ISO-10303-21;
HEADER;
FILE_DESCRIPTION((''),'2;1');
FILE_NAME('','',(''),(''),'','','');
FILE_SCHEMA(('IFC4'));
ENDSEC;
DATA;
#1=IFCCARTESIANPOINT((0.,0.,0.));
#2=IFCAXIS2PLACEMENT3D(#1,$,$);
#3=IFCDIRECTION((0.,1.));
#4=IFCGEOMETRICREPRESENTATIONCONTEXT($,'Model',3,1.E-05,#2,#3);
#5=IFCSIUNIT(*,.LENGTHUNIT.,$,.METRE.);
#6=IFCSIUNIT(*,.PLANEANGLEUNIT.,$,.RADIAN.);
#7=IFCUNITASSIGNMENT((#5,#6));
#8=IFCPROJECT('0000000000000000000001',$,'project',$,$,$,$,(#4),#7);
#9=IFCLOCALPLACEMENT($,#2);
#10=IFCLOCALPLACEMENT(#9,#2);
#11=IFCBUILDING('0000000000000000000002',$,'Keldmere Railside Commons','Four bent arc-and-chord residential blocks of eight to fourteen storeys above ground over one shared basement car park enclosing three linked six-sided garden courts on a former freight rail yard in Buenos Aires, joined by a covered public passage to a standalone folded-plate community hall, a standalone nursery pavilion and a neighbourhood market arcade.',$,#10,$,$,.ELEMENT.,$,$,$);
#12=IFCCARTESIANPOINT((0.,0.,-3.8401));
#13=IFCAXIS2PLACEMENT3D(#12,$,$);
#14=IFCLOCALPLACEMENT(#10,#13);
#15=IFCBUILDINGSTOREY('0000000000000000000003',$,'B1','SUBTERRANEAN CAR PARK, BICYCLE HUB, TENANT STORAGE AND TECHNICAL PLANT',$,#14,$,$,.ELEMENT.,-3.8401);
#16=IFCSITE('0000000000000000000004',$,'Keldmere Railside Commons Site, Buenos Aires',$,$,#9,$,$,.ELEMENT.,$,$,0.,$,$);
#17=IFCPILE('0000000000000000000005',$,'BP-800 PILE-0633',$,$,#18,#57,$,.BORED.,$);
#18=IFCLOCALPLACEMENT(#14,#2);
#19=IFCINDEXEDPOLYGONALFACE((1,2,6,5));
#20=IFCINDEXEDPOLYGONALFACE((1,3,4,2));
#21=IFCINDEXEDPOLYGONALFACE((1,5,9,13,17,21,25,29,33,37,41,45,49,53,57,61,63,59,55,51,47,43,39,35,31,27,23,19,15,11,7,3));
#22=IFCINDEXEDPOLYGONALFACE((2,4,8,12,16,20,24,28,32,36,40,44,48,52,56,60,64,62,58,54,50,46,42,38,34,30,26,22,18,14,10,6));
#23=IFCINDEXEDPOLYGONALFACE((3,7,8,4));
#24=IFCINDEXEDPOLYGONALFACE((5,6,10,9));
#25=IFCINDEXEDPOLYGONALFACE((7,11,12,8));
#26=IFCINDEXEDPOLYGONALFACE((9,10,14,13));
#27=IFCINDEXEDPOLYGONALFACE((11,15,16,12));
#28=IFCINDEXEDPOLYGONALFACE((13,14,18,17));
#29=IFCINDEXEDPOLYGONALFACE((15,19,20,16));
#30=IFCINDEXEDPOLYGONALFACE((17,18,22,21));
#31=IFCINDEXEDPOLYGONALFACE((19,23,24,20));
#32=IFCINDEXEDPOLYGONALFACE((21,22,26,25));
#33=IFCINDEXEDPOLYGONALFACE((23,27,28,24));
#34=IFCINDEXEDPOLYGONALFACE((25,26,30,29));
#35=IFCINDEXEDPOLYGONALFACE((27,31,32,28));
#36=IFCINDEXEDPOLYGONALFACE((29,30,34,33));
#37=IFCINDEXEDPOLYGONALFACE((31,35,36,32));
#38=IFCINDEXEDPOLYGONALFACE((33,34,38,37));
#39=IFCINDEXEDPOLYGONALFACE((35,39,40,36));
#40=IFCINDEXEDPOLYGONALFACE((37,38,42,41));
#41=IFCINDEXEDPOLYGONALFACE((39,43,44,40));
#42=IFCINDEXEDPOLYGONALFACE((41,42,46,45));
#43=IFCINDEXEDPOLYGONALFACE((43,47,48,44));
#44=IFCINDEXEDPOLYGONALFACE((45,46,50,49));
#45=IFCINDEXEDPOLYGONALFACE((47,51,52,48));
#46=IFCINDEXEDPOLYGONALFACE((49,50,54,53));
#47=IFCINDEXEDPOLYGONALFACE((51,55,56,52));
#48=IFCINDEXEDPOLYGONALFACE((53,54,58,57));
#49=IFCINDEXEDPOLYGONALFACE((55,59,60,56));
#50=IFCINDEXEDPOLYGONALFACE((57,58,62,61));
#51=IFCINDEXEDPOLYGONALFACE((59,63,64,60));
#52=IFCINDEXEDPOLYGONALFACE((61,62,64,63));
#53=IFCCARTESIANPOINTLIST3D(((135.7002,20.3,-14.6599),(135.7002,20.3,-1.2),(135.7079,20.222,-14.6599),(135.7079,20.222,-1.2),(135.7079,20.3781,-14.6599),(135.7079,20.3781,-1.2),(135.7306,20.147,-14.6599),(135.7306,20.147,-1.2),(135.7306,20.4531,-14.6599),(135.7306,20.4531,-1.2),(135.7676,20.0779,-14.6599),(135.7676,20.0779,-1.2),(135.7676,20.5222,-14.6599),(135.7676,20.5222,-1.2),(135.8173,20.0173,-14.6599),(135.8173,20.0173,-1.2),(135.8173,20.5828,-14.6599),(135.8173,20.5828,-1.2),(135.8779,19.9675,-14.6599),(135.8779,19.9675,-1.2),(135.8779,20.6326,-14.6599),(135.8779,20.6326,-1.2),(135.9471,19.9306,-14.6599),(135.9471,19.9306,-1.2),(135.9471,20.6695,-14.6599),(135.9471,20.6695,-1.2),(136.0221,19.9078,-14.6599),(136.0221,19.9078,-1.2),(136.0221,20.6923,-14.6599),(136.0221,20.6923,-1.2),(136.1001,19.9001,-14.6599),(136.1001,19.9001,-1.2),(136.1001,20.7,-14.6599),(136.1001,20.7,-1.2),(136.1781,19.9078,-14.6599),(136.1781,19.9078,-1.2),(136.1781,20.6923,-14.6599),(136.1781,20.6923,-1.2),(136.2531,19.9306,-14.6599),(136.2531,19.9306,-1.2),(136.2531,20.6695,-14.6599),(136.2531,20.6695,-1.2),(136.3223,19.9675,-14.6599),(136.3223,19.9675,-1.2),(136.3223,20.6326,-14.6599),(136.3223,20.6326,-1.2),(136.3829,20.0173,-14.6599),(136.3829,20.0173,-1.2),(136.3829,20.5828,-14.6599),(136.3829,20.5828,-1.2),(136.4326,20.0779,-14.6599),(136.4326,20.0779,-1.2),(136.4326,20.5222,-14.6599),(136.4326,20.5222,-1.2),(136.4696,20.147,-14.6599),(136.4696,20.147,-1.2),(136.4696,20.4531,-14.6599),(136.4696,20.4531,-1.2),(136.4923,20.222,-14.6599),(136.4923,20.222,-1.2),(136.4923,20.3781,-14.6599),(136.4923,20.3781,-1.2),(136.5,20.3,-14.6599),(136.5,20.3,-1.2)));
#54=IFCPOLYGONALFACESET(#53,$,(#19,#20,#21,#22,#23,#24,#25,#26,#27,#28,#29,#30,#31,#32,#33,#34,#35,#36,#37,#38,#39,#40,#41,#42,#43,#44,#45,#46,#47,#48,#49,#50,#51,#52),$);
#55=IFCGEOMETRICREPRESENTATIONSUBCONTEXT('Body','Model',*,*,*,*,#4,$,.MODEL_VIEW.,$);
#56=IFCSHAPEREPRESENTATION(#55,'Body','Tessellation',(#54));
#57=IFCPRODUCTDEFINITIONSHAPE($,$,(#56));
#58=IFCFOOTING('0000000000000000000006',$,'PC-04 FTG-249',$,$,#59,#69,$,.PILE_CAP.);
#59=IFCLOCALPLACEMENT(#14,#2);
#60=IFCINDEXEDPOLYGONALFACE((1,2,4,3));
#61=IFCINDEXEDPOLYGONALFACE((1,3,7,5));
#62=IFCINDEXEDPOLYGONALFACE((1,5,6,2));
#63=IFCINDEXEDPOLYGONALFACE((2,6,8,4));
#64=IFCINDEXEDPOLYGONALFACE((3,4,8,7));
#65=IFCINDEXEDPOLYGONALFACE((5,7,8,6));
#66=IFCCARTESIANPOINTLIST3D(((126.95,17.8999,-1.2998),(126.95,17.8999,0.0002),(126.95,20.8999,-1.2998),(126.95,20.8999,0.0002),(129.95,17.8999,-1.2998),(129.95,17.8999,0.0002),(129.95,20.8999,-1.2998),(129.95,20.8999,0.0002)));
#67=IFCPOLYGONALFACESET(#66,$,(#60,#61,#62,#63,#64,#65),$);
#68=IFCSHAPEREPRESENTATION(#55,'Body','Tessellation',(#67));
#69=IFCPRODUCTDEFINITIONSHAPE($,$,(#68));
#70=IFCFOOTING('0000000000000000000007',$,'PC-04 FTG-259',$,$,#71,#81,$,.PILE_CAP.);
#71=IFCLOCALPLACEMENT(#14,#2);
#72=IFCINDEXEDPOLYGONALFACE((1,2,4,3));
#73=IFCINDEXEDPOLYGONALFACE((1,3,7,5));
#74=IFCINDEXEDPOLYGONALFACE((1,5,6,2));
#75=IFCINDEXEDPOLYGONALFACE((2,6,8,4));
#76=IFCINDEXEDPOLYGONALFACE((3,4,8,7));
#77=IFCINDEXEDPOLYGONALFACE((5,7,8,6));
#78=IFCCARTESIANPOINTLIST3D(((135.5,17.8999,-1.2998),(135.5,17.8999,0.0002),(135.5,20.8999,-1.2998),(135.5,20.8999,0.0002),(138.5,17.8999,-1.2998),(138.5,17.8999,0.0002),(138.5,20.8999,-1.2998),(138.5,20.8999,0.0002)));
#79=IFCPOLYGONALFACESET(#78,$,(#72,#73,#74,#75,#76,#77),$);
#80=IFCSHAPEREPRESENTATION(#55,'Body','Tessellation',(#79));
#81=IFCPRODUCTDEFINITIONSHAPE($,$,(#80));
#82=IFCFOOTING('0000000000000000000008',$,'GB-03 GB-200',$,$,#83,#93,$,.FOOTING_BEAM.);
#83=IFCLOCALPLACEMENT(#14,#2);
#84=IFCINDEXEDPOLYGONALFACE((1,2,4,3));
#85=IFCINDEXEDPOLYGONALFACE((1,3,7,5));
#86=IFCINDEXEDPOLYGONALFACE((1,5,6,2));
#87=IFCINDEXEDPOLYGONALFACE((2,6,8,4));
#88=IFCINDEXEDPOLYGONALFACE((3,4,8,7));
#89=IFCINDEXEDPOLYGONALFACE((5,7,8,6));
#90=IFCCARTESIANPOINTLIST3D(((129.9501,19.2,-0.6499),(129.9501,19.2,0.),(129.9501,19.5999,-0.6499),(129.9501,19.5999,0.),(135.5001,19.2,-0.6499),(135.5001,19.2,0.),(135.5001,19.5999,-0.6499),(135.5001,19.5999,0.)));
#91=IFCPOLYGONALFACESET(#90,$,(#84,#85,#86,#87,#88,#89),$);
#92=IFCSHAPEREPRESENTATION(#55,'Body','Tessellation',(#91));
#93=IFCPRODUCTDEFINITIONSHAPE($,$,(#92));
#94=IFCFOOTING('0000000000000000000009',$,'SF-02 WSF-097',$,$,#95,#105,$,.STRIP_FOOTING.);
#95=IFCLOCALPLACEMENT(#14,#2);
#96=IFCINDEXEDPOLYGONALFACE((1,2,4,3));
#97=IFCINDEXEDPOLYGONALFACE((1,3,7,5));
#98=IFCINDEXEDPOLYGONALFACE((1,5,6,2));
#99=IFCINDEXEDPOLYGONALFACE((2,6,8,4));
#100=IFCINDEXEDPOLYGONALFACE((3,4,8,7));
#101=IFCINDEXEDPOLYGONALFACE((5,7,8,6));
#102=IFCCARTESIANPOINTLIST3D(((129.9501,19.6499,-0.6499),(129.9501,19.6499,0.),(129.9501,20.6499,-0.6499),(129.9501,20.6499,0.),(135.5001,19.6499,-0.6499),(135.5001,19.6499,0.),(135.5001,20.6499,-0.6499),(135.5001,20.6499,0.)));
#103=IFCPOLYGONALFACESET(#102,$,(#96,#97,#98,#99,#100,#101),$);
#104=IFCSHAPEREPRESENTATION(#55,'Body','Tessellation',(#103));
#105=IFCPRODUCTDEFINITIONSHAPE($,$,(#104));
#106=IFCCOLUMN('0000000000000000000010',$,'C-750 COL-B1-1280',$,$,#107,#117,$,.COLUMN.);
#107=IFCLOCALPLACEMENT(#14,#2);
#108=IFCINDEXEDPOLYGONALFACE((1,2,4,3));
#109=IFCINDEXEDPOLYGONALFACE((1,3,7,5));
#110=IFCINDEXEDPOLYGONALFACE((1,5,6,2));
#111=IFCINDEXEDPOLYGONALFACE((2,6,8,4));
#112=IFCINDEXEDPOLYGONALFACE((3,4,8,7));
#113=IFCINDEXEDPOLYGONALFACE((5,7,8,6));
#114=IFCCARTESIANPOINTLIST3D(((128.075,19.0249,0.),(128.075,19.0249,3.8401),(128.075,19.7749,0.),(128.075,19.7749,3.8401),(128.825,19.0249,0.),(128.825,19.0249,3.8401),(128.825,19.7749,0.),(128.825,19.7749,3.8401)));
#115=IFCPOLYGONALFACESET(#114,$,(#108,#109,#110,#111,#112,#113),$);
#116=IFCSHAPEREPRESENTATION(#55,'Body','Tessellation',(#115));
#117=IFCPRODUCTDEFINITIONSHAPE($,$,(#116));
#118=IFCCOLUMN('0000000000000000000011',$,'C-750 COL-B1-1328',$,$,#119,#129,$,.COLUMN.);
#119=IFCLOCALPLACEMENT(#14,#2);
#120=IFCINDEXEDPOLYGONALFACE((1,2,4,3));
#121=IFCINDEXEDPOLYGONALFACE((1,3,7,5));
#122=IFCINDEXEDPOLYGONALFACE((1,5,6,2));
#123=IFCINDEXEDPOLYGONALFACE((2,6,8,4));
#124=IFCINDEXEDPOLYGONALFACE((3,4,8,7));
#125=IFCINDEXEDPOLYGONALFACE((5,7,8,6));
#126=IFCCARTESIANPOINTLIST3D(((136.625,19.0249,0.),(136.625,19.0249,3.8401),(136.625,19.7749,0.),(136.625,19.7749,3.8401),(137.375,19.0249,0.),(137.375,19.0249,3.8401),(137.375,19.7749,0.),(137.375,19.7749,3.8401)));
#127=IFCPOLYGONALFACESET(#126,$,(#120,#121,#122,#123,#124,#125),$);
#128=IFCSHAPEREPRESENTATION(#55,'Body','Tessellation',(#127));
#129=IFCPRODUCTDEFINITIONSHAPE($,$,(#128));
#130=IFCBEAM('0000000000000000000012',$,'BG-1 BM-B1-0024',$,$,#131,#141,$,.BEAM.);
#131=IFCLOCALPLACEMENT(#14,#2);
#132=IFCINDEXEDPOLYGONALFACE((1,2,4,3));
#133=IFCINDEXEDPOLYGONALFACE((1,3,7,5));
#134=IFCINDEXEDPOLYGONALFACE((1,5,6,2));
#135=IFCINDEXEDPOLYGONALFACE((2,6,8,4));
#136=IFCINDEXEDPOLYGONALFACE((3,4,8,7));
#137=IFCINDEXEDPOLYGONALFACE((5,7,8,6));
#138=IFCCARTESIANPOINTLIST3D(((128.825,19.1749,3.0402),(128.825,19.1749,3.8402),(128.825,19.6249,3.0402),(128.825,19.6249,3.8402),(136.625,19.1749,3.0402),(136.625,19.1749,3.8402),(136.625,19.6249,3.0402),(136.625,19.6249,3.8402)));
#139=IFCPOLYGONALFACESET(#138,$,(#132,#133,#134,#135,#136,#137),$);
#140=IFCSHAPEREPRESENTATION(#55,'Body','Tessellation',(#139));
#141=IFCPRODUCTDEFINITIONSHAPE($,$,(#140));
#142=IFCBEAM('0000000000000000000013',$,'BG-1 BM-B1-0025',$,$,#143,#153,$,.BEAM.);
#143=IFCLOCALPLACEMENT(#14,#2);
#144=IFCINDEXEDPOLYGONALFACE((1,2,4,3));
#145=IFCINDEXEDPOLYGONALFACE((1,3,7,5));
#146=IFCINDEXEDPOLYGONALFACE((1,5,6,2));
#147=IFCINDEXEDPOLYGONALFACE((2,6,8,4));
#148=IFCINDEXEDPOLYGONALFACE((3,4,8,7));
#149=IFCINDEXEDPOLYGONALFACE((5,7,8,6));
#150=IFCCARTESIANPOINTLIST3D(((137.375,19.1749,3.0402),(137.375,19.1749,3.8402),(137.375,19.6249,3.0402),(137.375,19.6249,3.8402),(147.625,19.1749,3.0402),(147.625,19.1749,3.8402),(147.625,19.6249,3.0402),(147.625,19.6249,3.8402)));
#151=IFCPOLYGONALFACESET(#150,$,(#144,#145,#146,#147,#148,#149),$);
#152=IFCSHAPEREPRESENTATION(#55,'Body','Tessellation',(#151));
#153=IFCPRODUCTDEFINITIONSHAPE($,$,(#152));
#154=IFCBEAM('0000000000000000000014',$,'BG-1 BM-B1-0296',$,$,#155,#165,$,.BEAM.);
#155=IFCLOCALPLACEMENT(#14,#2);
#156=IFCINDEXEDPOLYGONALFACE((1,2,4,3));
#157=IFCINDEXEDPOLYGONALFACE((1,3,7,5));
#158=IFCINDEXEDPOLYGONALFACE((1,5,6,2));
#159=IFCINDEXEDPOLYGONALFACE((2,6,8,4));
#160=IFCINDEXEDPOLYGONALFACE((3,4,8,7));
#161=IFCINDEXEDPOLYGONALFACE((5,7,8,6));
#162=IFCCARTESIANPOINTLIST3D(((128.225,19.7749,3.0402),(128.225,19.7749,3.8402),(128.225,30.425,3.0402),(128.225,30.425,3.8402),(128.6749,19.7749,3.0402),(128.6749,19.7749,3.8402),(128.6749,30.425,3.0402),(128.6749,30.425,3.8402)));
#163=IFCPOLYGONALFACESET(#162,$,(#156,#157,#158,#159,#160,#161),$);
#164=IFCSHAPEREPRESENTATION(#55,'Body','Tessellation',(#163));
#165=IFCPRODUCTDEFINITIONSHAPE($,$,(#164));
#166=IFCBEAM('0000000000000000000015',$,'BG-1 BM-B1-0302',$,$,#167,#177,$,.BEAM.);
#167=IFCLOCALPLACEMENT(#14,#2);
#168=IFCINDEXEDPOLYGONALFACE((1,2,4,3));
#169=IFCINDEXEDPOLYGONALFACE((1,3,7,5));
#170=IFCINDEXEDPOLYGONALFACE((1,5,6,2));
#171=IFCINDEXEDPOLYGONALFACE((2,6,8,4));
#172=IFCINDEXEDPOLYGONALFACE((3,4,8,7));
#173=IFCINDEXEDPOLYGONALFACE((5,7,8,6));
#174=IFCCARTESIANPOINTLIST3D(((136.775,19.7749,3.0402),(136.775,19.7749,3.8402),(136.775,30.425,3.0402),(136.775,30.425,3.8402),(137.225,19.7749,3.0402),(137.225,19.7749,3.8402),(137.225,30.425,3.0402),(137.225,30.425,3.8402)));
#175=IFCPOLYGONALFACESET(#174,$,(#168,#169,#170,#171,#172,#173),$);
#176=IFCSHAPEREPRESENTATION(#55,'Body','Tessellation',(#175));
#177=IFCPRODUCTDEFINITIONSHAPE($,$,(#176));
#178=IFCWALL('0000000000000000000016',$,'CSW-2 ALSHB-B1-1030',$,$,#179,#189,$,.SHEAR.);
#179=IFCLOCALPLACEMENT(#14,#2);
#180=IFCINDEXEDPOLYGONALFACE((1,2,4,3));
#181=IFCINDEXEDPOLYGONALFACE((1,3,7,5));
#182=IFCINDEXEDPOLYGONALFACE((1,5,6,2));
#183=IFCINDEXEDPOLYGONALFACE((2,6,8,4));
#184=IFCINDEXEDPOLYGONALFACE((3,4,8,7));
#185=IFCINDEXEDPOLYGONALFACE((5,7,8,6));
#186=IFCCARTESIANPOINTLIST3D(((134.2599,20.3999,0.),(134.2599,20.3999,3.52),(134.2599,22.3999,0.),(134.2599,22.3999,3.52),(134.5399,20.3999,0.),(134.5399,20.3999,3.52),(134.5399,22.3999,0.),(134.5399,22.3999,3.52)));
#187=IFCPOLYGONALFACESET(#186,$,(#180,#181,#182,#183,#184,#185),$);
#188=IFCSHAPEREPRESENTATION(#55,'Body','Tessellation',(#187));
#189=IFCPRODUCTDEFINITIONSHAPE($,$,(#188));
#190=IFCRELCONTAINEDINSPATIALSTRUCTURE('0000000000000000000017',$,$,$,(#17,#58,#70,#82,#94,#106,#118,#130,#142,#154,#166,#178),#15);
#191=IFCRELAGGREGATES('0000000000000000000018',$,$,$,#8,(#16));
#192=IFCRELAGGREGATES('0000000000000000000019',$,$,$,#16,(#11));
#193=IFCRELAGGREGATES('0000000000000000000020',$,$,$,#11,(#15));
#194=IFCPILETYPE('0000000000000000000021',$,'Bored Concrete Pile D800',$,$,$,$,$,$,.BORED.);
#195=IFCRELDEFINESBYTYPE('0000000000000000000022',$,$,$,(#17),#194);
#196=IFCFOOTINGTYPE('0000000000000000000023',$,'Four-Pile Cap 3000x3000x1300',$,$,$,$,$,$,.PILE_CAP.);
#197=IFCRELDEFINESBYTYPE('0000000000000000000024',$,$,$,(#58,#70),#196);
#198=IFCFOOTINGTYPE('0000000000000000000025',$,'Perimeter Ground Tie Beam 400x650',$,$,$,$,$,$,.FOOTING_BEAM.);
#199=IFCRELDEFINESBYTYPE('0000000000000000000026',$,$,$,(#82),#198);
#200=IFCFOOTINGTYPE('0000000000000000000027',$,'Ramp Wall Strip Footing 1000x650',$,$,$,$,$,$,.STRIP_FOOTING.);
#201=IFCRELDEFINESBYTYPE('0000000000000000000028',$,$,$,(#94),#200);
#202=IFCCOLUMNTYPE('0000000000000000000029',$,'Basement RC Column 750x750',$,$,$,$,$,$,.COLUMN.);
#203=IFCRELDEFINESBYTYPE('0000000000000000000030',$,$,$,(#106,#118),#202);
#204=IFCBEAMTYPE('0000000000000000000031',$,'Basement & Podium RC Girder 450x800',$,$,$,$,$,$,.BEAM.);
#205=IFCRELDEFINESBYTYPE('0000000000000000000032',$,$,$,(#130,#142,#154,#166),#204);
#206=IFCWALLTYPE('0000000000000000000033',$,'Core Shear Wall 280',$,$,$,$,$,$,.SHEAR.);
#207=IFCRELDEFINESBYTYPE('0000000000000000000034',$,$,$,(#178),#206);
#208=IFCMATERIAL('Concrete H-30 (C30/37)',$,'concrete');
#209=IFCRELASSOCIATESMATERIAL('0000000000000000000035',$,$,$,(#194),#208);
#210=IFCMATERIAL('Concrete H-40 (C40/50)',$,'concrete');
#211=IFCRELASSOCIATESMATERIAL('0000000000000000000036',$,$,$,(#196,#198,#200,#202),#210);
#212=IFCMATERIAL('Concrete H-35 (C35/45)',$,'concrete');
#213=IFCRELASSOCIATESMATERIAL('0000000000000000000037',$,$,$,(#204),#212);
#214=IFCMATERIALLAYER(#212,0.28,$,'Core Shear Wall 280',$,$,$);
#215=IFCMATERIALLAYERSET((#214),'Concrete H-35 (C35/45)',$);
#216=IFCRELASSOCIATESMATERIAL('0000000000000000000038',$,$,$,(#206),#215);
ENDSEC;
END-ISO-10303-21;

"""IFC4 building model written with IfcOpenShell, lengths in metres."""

from ifc_helpers import new_model, si_unit, direction, frame, frame_2d, origin, origin_2d, place, context, subcontext, project, spatial, rectangle, circle, extrude, material, layer, layer_set, material_profile, profile_set, type_object, element, save


model = new_model("IFC4")

# Units and contexts
model_context = context("Model", 3, precision=1e-05, world=origin(), true_north=direction((0.0, 1.0)))
body_context = subcontext(model_context, "Body", "Model", "MODEL_VIEW")
ifc_project = project(units=[si_unit("LENGTHUNIT", "METRE"), si_unit("PLANEANGLEUNIT", "RADIAN")], contexts=[model_context])

# Site, building, storey
site_placement = place(None, origin())
site = spatial("IfcSite", under=ifc_project, at=site_placement, Name="Keldmere Railside Commons Site, Buenos Aires", CompositionType="ELEMENT", RefElevation=0.0)
building_placement = place(site_placement, origin())
building = spatial("IfcBuilding", under=site, at=building_placement, Name="Keldmere Railside Commons", Description="Four bent arc-and-chord residential blocks of eight to fourteen storeys above ground over one shared basement car park enclosing three linked six-sided garden courts on a former freight rail yard in Buenos Aires, joined by a covered public passage to a standalone folded-plate community hall, a standalone nursery pavilion and a neighbourhood market arcade.", CompositionType="ELEMENT")
storey_placement = place(building_placement, frame((0.0, 0.0, -3.8401)))
storey = spatial("IfcBuildingStorey", under=building, at=storey_placement, Name="B1", Description="SUBTERRANEAN CAR PARK, BICYCLE HUB, TENANT STORAGE AND TECHNICAL PLANT", CompositionType="ELEMENT", Elevation=-3.8401)

# Pile
ifc_material_1 = material(Name="Concrete H-30 (C30/37)", Category="concrete")
ifc_material_profile_1 = material_profile(ifc_material_1, circle(Radius=0.3999, at=origin_2d()), Name="PILE-D800")
ifc_profile_set_1 = profile_set([ifc_material_profile_1], Name="Concrete H-30 (C30/37)")
pile_type = type_object("IfcPileType", Name="Bored Concrete Pile D800", PredefinedType="BORED", material=ifc_profile_set_1)
for number, where, z_axis, x_axis, name in (
    (1, (136.1001, 20.3, -1.2), (0.0, 0.0, -1.0), (1.0, 0.0, 0.0), "BP-800 PILE-0633"),
):
    element("IfcPile", number, at=place(storey_placement, frame(where, z_axis=z_axis, x_axis=x_axis)), inside=storey, type_object=pile_type, Name=name, PredefinedType="BORED", context=body_context, shape_type="SweptSolid", body=[
        extrude(circle(Radius=0.3999, at=origin_2d()), origin(), (0.0, 0.0, 1.0), 13.46),
    ])

# Footings
ifc_material_2 = material(Name="Concrete H-40 (C40/50)", Category="concrete")
footing_type_1 = type_object("IfcFootingType", Name="Four-Pile Cap 3000x3000x1300", PredefinedType="PILE_CAP", material=ifc_material_2)
for number, where, z_axis, x_axis, name in (
    (2, (128.45, 19.3999, -1.2998), (0.0, 0.0, 1.0), (1.0, 0.0, 0.0), "PC-04 FTG-249"),
    (3, (137.0, 19.3999, -1.2998), (0.0, 0.0, 1.0), (1.0, 0.0, 0.0), "PC-04 FTG-259"),
):
    element("IfcFooting", number, at=place(storey_placement, frame(where, z_axis=z_axis, x_axis=x_axis)), inside=storey, type_object=footing_type_1, Name=name, PredefinedType="PILE_CAP", context=body_context, shape_type="SweptSolid", body=[
        extrude(rectangle(XDim=3.0, YDim=3.0, at=origin_2d()), origin(), (0.0, 0.0, 1.0), 1.3),
    ])
footing_type_2 = type_object("IfcFootingType", Name="Perimeter Ground Tie Beam 400x650", PredefinedType="FOOTING_BEAM", material=ifc_material_2)
footing_1_placement = place(storey_placement, frame((132.7251, 19.3999, -0.6499), z_axis=(0.0, 0.0, 1.0), x_axis=(1.0, 0.0, 0.0)))
element("IfcFooting", 4, at=footing_1_placement, inside=storey, type_object=footing_type_2, Name="GB-03 GB-200", PredefinedType="FOOTING_BEAM", context=body_context, shape_type="SweptSolid", body=[
    extrude(rectangle(XDim=5.55, YDim=0.3999, at=origin_2d()), origin(), (0.0, 0.0, 1.0), 0.6499),
])
footing_type_3 = type_object("IfcFootingType", Name="Ramp Wall Strip Footing 1000x650", PredefinedType="STRIP_FOOTING", material=ifc_material_2)
footing_2_placement = place(storey_placement, frame((132.7251, 20.1499, -0.6499), z_axis=(0.0, 0.0, 1.0), x_axis=(1.0, 0.0, 0.0)))
element("IfcFooting", 5, at=footing_2_placement, inside=storey, type_object=footing_type_3, Name="SF-02 WSF-097", PredefinedType="STRIP_FOOTING", context=body_context, shape_type="SweptSolid", body=[
    extrude(rectangle(XDim=5.55, YDim=1.0, at=origin_2d()), origin(), (0.0, 0.0, 1.0), 0.6499),
])

# Columns
ifc_material_profile_2 = material_profile(ifc_material_2, rectangle(XDim=0.75, YDim=0.75, at=origin_2d()), Name="RC-750x750")
ifc_profile_set_2 = profile_set([ifc_material_profile_2], Name="Concrete H-40 (C40/50)")
column_type = type_object("IfcColumnType", Name="Basement RC Column 750x750", PredefinedType="COLUMN", material=ifc_profile_set_2)
for number, where, z_axis, x_axis, name in (
    (6, (128.45, 19.3999, 0.0), (0.0, 0.0, 1.0), (1.0, 0.0, 0.0), "C-750 COL-B1-1280"),
    (7, (137.0, 19.3999, 0.0), (0.0, 0.0, 1.0), (1.0, 0.0, 0.0), "C-750 COL-B1-1328"),
):
    element("IfcColumn", number, at=place(storey_placement, frame(where, z_axis=z_axis, x_axis=x_axis)), inside=storey, type_object=column_type, Name=name, PredefinedType="COLUMN", context=body_context, shape_type="SweptSolid", body=[
        extrude(rectangle(XDim=0.75, YDim=0.75, at=origin_2d()), origin(), (0.0, 0.0, 1.0), 3.8401),
    ])

# Beams
ifc_material_3 = material(Name="Concrete H-35 (C35/45)", Category="concrete")
ifc_material_profile_3 = material_profile(ifc_material_3, rectangle(XDim=0.45, YDim=0.8, at=origin_2d()), Name="RC-450x800")
ifc_profile_set_3 = profile_set([ifc_material_profile_3], Name="Concrete H-35 (C35/45)")
beam_type = type_object("IfcBeamType", Name="Basement & Podium RC Girder 450x800", PredefinedType="BEAM", material=ifc_profile_set_3)
beam_1_placement = place(storey_placement, frame((128.825, 19.3999, 3.4402), z_axis=(1.0, 0.0, 0.0), x_axis=(0.0, 1.0, 0.0)))
element("IfcBeam", 8, at=beam_1_placement, inside=storey, type_object=beam_type, Name="BG-1 BM-B1-0024", PredefinedType="BEAM", context=body_context, shape_type="SweptSolid", body=[
    extrude(rectangle(XDim=0.45, YDim=0.8, at=origin_2d()), origin(), (0.0, 0.0, 1.0), 7.8),
])
beam_2_placement = place(storey_placement, frame((137.375, 19.3999, 3.4402), z_axis=(1.0, 0.0, 0.0), x_axis=(0.0, 1.0, 0.0)))
element("IfcBeam", 9, at=beam_2_placement, inside=storey, type_object=beam_type, Name="BG-1 BM-B1-0025", PredefinedType="BEAM", context=body_context, shape_type="SweptSolid", body=[
    extrude(rectangle(XDim=0.45, YDim=0.8, at=origin_2d()), origin(), (0.0, 0.0, 1.0), 10.25),
])
for number, where, z_axis, x_axis, name in (
    (10, (128.45, 19.7749, 3.4402), (0.0, 1.0, 0.0), (-1.0, 0.0, 0.0), "BG-1 BM-B1-0296"),
    (11, (137.0, 19.7749, 3.4402), (0.0, 1.0, 0.0), (-1.0, 0.0, 0.0), "BG-1 BM-B1-0302"),
):
    element("IfcBeam", number, at=place(storey_placement, frame(where, z_axis=z_axis, x_axis=x_axis)), inside=storey, type_object=beam_type, Name=name, PredefinedType="BEAM", context=body_context, shape_type="SweptSolid", body=[
        extrude(rectangle(XDim=0.45, YDim=0.8, at=origin_2d()), origin(), (0.0, 0.0, 1.0), 10.6501),
    ])

# Shared definitions
ifc_layer_1 = layer(ifc_material_3, 0.28, Name="Core Shear Wall 280")
ifc_layer_set_1 = layer_set([ifc_layer_1], Name="Concrete H-35 (C35/45)")
wall_type_1 = type_object("IfcWallType", Name="Core Shear Wall 280", PredefinedType="SHEAR", material=ifc_layer_set_1)

# Wall
wall_1_placement = place(storey_placement, frame((134.3999, 20.3999, 0.0), z_axis=(0.0, 0.0, 1.0), x_axis=(0.0, 1.0, 0.0)))
element("IfcWall", 12, at=wall_1_placement, inside=storey, type_object=wall_type_1, Name="CSW-2 ALSHB-B1-1030", PredefinedType="SHEAR", context=body_context, shape_type="SweptSolid", body=[
    extrude(rectangle(XDim=2.0, YDim=0.28, at=frame_2d((1.0, 0.0))), origin(), (0.0, 0.0, 1.0), 3.52),
])

save(model, "model.ifc")
